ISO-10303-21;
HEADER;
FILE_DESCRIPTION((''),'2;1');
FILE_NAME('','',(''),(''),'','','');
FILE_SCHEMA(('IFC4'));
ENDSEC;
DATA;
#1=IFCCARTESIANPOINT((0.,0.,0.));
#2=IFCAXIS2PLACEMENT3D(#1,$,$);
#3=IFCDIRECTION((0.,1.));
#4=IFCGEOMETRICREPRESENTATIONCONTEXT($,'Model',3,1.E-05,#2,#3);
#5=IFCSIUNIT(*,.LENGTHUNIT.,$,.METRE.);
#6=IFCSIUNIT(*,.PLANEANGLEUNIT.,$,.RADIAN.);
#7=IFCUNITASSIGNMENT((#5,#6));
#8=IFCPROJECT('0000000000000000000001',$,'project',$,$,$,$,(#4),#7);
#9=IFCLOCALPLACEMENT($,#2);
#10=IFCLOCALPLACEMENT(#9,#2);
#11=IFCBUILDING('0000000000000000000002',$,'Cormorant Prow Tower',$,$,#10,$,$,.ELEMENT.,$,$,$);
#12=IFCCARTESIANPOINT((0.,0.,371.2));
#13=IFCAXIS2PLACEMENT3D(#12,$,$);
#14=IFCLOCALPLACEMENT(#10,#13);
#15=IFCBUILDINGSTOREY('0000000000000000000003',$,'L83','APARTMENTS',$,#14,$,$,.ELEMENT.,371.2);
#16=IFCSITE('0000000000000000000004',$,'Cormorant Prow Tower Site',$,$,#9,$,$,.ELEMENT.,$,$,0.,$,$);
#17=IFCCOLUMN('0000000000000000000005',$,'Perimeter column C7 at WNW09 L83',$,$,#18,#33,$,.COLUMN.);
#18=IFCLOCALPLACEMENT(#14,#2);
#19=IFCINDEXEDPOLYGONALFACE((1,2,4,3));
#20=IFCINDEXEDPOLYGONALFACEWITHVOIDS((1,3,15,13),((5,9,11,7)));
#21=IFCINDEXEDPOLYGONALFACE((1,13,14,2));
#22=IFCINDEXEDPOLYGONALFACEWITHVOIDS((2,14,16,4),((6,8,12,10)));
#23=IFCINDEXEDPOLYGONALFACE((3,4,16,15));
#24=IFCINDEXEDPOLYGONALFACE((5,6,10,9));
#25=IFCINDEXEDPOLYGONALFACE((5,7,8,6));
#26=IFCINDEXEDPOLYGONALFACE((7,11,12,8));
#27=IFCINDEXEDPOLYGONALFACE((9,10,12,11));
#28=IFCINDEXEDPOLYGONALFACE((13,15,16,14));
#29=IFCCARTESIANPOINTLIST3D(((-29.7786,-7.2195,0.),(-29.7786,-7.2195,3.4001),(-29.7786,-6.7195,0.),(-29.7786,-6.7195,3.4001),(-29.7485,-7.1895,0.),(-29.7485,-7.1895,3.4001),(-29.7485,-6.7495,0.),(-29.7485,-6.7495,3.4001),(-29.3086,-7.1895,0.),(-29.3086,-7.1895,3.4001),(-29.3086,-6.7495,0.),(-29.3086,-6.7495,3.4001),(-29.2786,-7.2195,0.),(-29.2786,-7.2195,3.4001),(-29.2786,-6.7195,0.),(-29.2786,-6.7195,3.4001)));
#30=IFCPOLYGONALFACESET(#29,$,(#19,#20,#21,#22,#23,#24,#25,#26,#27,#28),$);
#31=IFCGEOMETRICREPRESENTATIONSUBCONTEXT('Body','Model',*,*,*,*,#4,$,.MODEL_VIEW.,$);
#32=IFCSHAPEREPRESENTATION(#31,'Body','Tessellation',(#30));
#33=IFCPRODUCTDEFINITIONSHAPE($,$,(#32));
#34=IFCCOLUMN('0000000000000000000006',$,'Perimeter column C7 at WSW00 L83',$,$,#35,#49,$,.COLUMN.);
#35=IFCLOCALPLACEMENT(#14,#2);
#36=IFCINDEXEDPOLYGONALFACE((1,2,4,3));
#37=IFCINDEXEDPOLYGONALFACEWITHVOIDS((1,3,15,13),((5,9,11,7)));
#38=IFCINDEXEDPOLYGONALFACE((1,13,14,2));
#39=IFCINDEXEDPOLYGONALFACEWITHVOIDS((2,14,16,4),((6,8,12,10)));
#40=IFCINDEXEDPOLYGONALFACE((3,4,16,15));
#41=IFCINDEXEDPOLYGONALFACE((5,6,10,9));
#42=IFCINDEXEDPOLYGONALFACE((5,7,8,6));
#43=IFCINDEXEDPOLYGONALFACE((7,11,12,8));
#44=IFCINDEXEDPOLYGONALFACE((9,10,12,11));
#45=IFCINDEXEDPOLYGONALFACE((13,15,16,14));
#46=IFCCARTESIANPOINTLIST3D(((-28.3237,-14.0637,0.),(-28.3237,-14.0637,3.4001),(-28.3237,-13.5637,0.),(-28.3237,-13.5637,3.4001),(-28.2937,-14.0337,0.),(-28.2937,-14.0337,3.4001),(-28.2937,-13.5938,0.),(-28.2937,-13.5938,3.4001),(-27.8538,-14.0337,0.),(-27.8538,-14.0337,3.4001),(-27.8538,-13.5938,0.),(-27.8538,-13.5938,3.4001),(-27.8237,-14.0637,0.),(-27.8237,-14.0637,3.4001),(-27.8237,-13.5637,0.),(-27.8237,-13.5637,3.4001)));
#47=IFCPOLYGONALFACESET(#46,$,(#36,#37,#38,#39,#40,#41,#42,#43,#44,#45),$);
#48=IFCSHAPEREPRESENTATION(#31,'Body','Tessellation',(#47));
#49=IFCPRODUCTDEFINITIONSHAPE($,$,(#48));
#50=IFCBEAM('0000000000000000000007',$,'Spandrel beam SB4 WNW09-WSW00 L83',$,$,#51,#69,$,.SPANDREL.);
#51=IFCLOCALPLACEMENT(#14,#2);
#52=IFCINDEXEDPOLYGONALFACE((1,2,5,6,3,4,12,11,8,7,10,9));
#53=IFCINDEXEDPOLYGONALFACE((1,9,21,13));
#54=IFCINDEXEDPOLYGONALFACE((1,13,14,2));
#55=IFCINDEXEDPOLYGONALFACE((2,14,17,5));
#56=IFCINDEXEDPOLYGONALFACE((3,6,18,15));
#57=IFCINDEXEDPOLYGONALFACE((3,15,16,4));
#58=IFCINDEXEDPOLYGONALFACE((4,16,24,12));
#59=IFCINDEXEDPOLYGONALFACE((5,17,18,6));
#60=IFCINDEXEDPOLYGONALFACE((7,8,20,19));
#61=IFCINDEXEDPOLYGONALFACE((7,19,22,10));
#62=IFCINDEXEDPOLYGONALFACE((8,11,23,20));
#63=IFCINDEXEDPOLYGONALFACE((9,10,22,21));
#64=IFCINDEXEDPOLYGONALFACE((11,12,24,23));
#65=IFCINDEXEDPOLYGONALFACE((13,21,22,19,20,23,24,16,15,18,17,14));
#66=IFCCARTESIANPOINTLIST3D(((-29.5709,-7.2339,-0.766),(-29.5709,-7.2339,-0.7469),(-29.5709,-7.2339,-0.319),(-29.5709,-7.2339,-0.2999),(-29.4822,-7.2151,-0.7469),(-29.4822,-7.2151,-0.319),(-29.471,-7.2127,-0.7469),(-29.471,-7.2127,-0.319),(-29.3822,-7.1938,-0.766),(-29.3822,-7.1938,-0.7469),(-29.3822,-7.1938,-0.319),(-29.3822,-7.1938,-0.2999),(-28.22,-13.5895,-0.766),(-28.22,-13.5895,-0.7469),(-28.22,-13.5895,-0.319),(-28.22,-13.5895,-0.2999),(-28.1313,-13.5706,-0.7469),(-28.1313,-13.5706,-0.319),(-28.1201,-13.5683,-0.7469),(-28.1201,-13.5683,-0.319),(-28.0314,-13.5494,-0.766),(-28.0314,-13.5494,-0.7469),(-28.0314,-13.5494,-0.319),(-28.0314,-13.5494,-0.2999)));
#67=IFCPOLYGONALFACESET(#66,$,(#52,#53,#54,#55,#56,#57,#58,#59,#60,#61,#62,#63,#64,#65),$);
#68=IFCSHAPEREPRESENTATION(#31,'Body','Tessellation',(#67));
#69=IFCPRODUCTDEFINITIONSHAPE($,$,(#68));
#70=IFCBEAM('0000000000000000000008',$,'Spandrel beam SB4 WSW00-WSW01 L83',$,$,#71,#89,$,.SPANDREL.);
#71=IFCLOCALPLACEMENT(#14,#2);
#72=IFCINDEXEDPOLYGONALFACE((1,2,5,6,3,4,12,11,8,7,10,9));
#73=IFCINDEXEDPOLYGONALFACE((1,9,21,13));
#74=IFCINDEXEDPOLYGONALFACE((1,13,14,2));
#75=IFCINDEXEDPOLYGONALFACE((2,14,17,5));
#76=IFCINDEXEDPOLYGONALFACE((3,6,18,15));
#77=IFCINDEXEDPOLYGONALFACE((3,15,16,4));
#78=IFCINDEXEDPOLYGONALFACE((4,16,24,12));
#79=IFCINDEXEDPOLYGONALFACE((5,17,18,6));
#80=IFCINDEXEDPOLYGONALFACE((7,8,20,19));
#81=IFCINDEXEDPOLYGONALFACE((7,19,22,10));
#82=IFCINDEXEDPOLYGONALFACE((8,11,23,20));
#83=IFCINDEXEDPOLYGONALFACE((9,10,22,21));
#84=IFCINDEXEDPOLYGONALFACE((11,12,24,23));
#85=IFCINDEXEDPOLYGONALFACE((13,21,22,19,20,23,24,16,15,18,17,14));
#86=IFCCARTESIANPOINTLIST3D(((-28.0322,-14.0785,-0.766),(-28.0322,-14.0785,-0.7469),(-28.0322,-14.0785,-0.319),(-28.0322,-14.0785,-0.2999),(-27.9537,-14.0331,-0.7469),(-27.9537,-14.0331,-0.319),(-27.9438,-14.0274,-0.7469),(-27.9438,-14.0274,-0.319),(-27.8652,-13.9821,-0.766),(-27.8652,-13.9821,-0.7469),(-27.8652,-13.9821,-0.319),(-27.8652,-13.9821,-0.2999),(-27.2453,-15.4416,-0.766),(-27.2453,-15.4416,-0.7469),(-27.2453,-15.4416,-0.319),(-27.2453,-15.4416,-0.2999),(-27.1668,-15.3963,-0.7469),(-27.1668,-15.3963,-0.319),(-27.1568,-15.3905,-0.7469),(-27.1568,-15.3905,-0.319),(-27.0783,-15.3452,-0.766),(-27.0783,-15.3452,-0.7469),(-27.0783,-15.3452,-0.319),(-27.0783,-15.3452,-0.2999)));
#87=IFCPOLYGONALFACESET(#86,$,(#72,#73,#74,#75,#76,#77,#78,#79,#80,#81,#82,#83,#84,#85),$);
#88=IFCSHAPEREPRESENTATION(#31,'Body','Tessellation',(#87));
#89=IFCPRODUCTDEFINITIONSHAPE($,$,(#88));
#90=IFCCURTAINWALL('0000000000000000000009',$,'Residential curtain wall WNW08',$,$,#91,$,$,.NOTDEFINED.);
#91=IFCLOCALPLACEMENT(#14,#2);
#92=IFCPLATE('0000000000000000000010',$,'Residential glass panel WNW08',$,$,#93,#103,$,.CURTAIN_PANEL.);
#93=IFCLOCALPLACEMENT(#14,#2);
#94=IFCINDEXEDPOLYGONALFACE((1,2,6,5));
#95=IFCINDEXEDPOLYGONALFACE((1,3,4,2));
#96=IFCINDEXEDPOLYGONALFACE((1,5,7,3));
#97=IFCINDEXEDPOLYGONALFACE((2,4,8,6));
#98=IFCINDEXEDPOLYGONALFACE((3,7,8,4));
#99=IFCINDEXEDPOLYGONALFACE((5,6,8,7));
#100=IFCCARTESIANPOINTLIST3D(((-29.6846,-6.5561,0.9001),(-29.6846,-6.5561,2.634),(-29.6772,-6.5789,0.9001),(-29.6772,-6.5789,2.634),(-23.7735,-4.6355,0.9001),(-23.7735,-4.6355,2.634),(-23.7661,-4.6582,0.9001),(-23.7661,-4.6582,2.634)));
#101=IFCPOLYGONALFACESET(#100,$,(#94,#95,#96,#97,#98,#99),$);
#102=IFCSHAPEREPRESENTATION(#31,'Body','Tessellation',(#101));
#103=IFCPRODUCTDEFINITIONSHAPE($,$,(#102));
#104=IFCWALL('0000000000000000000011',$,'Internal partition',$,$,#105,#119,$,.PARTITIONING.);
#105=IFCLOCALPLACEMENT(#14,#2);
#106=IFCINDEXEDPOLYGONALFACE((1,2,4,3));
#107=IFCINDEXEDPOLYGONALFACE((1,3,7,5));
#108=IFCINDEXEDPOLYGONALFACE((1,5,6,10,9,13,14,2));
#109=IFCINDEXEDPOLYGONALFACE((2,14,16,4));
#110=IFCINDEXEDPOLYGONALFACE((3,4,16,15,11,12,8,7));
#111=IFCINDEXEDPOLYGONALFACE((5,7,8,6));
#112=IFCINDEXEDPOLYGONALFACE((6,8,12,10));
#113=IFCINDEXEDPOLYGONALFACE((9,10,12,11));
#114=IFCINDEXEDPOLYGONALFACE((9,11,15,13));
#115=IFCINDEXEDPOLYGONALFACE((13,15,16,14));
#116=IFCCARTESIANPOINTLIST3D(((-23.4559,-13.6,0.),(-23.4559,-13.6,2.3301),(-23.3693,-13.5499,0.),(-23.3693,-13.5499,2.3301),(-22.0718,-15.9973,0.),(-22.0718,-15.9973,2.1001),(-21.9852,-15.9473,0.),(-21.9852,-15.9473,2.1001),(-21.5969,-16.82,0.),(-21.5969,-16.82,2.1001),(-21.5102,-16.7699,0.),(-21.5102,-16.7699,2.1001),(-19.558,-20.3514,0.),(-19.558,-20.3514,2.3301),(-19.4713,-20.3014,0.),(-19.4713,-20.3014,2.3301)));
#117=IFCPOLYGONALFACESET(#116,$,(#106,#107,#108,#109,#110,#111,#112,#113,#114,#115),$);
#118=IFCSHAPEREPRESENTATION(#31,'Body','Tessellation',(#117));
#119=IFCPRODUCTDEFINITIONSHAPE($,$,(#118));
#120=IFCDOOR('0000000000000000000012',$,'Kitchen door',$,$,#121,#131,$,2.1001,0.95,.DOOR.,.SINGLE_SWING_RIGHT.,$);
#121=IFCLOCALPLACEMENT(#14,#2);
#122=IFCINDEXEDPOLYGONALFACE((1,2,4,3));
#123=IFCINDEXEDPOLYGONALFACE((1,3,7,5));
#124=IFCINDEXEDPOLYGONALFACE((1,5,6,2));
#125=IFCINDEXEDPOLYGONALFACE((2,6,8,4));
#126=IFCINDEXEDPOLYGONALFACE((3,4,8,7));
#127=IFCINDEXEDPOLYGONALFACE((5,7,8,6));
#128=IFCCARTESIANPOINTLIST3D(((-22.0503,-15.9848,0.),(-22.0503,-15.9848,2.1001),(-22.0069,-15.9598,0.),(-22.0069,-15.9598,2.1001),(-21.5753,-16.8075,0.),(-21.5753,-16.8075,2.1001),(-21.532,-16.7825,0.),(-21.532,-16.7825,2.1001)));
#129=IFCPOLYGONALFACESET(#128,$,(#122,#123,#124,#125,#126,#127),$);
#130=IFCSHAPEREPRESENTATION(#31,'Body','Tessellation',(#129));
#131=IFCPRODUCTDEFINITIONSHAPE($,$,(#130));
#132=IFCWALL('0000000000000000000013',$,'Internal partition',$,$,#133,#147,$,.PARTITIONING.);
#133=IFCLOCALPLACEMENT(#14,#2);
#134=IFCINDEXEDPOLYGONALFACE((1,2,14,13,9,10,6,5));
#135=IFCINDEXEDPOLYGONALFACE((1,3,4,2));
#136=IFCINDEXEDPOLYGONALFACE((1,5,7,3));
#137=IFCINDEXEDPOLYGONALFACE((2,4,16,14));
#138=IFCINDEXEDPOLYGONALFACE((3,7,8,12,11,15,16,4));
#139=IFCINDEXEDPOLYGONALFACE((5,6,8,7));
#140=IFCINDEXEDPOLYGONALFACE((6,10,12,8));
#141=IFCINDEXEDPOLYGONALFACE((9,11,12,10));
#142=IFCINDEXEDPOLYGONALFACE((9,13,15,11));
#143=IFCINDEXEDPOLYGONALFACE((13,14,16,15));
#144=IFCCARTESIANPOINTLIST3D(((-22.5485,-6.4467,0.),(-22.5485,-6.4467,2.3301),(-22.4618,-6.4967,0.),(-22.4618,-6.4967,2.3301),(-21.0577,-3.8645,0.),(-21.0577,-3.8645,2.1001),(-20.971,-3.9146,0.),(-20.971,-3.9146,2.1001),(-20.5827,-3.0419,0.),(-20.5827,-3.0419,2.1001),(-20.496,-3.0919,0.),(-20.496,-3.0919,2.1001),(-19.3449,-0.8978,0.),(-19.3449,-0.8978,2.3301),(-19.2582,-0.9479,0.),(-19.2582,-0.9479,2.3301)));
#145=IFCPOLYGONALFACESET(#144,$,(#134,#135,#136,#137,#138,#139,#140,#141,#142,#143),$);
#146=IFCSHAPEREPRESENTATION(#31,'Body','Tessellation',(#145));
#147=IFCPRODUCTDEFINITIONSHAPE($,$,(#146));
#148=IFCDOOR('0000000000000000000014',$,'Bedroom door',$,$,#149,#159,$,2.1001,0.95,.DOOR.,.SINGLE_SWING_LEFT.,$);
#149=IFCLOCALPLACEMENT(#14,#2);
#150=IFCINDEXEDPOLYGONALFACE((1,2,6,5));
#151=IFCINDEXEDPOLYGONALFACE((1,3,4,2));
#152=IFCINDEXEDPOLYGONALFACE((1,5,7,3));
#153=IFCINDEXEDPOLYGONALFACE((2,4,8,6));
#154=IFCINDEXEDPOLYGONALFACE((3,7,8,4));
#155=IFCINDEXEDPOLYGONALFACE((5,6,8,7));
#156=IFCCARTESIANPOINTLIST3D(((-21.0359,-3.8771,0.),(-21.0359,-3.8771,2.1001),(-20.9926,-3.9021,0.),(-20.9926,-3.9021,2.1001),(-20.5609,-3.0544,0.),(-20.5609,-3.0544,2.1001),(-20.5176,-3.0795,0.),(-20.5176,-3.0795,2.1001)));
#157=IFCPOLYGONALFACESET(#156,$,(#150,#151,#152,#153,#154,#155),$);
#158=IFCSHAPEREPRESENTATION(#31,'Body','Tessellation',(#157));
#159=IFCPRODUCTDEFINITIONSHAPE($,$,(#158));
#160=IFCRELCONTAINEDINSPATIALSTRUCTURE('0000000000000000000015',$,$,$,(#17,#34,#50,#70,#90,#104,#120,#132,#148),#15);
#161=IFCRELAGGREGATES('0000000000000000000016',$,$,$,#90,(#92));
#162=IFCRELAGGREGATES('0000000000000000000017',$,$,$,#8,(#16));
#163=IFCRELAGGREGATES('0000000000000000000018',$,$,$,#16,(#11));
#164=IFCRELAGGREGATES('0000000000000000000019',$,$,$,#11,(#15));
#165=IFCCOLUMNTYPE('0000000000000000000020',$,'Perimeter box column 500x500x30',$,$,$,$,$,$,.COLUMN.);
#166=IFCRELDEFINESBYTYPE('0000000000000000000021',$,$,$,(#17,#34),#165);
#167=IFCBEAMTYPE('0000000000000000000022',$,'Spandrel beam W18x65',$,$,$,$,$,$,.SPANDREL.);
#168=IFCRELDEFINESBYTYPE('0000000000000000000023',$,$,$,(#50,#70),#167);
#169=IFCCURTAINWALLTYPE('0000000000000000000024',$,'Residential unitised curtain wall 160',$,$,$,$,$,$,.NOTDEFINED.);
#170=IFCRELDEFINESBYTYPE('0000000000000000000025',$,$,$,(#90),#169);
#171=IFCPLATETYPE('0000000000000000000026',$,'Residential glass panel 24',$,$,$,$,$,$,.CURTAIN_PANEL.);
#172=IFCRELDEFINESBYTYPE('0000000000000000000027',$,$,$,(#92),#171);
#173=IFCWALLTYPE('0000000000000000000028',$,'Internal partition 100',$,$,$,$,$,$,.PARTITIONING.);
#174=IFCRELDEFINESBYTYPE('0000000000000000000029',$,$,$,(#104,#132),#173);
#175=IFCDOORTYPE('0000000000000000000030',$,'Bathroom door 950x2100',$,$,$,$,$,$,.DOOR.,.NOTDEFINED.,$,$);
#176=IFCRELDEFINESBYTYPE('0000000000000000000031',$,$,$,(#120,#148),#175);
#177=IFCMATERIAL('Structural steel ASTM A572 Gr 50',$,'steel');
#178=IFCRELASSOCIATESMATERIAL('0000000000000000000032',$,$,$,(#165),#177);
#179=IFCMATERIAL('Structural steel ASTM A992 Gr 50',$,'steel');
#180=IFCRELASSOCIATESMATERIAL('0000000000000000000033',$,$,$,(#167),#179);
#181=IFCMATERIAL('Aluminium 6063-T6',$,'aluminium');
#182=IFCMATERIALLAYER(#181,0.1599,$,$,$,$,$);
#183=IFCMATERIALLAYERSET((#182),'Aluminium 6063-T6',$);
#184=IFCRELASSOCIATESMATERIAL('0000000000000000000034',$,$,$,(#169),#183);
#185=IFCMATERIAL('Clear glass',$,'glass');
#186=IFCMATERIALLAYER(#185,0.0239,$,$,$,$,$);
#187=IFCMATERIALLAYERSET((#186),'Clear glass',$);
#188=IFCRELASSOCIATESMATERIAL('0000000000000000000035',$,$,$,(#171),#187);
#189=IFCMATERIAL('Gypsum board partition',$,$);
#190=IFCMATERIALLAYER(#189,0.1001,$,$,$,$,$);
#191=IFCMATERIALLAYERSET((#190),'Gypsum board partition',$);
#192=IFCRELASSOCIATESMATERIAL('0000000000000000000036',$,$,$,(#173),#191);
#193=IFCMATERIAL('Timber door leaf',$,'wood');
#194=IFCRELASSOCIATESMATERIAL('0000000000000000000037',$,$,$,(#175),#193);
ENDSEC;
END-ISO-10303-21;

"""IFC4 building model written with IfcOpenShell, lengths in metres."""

from ifc_helpers import new_model, si_unit, direction, frame, frame_2d, origin, origin_2d, place, context, subcontext, project, spatial, rectangle, hollow_rectangle, i_section, extrude, material, layer, layer_set, material_profile, profile_set, type_object, element, fill, aggregate, save


model = new_model("IFC4")

# Units and contexts
model_context = context("Model", 3, precision=1e-05, world=origin(), true_north=direction((0.0, 1.0)))
body_context = subcontext(model_context, "Body", "Model", "MODEL_VIEW")
ifc_project = project(units=[si_unit("LENGTHUNIT", "METRE"), si_unit("PLANEANGLEUNIT", "RADIAN")], contexts=[model_context])

# Site, building, storey
site_placement = place(None, origin())
site = spatial("IfcSite", under=ifc_project, at=site_placement, Name="Cormorant Prow Tower Site", CompositionType="ELEMENT", RefElevation=0.0)
building_placement = place(site_placement, origin())
building = spatial("IfcBuilding", under=site, at=building_placement, Name="Cormorant Prow Tower", CompositionType="ELEMENT")
storey_placement = place(building_placement, frame((0.0, 0.0, 371.2)))
storey = spatial("IfcBuildingStorey", under=building, at=storey_placement, Name="L83", Description="APARTMENTS", CompositionType="ELEMENT", Elevation=371.2)

# Columns
ifc_material_1 = material(Name="Structural steel ASTM A572 Gr 50", Category="steel")
ifc_material_profile_1 = material_profile(ifc_material_1, hollow_rectangle(XDim=0.5, YDim=0.5, WallThickness=0.03, at=origin_2d()), Name="Box 500x500x30")
ifc_profile_set_1 = profile_set([ifc_material_profile_1], Name="Structural steel ASTM A572 Gr 50")
column_type = type_object("IfcColumnType", Name="Perimeter box column 500x500x30", PredefinedType="COLUMN", material=ifc_profile_set_1)
for number, where, z_axis, x_axis, name in (
    (1, (-29.5286, -6.9695, 0.0), (0.0, 0.0, 1.0), (1.0, 0.0, 0.0), "Perimeter column C7 at WNW09 L83"),
    (2, (-28.0737, -13.8137, 0.0), (0.0, 0.0, 1.0), (1.0, 0.0, 0.0), "Perimeter column C7 at WSW00 L83"),
):
    element("IfcColumn", number, at=place(storey_placement, frame(where, z_axis=z_axis, x_axis=x_axis)), inside=storey, type_object=column_type, Name=name, PredefinedType="COLUMN", context=body_context, shape_type="SweptSolid", body=[
        extrude(hollow_rectangle(XDim=0.5, YDim=0.5, WallThickness=0.03, at=origin_2d()), origin(), (0.0, 0.0, 1.0), 3.4001),
    ])

# Beams
ifc_material_2 = material(Name="Structural steel ASTM A992 Gr 50", Category="steel")
ifc_material_profile_2 = material_profile(ifc_material_2, i_section(OverallWidth=0.1929, OverallDepth=0.4661, WebThickness=0.0115, FlangeThickness=0.019, at=origin_2d()), Name="W18x65")
ifc_profile_set_2 = profile_set([ifc_material_profile_2], Name="Structural steel ASTM A992 Gr 50")
beam_type = type_object("IfcBeamType", Name="Spandrel beam W18x65", PredefinedType="SPANDREL", material=ifc_profile_set_2)
beam_1_placement = place(storey_placement, frame((-29.4766, -7.2139, -0.533), z_axis=(0.207902, -0.97815, 0.0), x_axis=(0.97815, 0.207902, 0.0)))
element("IfcBeam", 3, at=beam_1_placement, inside=storey, type_object=beam_type, Name="Spandrel beam SB4 WNW09-WSW00 L83", PredefinedType="SPANDREL", context=body_context, shape_type="SweptSolid", body=[
    extrude(i_section(OverallWidth=0.1929, OverallDepth=0.4661, WebThickness=0.0115, FlangeThickness=0.019, at=origin_2d()), origin(), (0.0, 0.0, 1.0), 6.4976),
])
beam_2_placement = place(storey_placement, frame((-27.9487, -14.0303, -0.533), z_axis=(0.49996, -0.866049, 0.0), x_axis=(0.866049, 0.49996, 0.0)))
element("IfcBeam", 4, at=beam_2_placement, inside=storey, type_object=beam_type, Name="Spandrel beam SB4 WSW00-WSW01 L83", PredefinedType="SPANDREL", context=body_context, shape_type="SweptSolid", body=[
    extrude(i_section(OverallWidth=0.1929, OverallDepth=0.4661, WebThickness=0.0115, FlangeThickness=0.019, at=origin_2d()), origin(), (0.0, 0.0, 1.0), 1.574),
])

# Curtain wall, plate
ifc_material_3 = material(Name="Aluminium 6063-T6", Category="aluminium")
ifc_layer_1 = layer(ifc_material_3, 0.1599)
ifc_layer_set_1 = layer_set([ifc_layer_1], Name="Aluminium 6063-T6")
curtain_wall_type = type_object("IfcCurtainWallType", Name="Residential unitised curtain wall 160", PredefinedType="NOTDEFINED", material=ifc_layer_set_1)
curtain_wall_placement = place(storey_placement, origin())
curtain_wall = element("IfcCurtainWall", 5, at=curtain_wall_placement, inside=storey, type_object=curtain_wall_type, Name="Residential curtain wall WNW08", PredefinedType="NOTDEFINED")
ifc_material_4 = material(Name="Clear glass", Category="glass")
ifc_layer_2 = layer(ifc_material_4, 0.0239)
ifc_layer_set_2 = layer_set([ifc_layer_2], Name="Clear glass")
plate_type = type_object("IfcPlateType", Name="Residential glass panel 24", PredefinedType="CURTAIN_PANEL", material=ifc_layer_set_2)
plate_placement = place(storey_placement, frame((-26.7253, -5.6072, 0.9001), z_axis=(0.0, 0.0, 1.0), x_axis=(-0.951056, -0.309017, 0.0)))
plate = element("IfcPlate", 6, at=plate_placement, type_object=plate_type, Name="Residential glass panel WNW08", PredefinedType="CURTAIN_PANEL", context=body_context, shape_type="SweptSolid", body=[
    extrude(rectangle(XDim=6.2153, YDim=0.0239, at=origin_2d()), origin(), (0.0, 0.0, 1.0), 1.7339),
])
aggregate(curtain_wall, [plate])

# Walls, openings, doors
ifc_material_5 = material(Name="Gypsum board partition")
ifc_layer_3 = layer(ifc_material_5, 0.1001)
ifc_layer_set_3 = layer_set([ifc_layer_3], Name="Gypsum board partition")
wall_type_1 = type_object("IfcWallType", Name="Internal partition 100", PredefinedType="PARTITIONING", material=ifc_layer_set_3)
wall_1_placement = place(storey_placement, frame((-23.4126, -13.575, 0.0), z_axis=(0.0, 0.0, 1.0), x_axis=(0.499999, -0.866026, 0.0)))
wall_1 = element("IfcWall", 7, at=wall_1_placement, inside=storey, type_object=wall_type_1, Name="Internal partition", PredefinedType="PARTITIONING", context=body_context, shape_type="SweptSolid", body=[
    extrude(rectangle(XDim=7.7959, YDim=0.1001, at=frame_2d((3.8979, 0.0))), origin(), (0.0, 0.0, 1.0), 2.3301),
])
opening_1_placement = place(wall_1_placement, frame((2.7681, 0.0, 0.0)))
opening_1 = element("IfcOpeningElement", 8, at=opening_1_placement, cuts=wall_1, PredefinedType="OPENING", context=body_context, shape_type="SweptSolid", body=[
    extrude(rectangle(XDim=0.95, YDim=2.1001, at=frame_2d((0.4751, 1.05))), frame((0.0, 0.0601, 0.0), z_axis=(0.0, -1.0, 0.0), x_axis=(1.0, 0.0, 0.0)), (0.0, 0.0, 1.0), 0.1201),
])
ifc_material_6 = material(Name="Timber door leaf", Category="wood")
door_type_1 = type_object("IfcDoorType", Name="Bathroom door 950x2100", OperationType="NOTDEFINED", PredefinedType="DOOR", material=ifc_material_6)
door_1_placement = place(opening_1_placement, origin())
door_1 = element("IfcDoor", 9, at=door_1_placement, inside=storey, type_object=door_type_1, Name="Kitchen door", OperationType="SINGLE_SWING_RIGHT", OverallHeight=2.1001, OverallWidth=0.95, PredefinedType="DOOR", context=body_context, shape_type="SweptSolid", body=[
    extrude(rectangle(XDim=0.95, YDim=2.1001, at=frame_2d((0.4751, 1.05))), frame((0.0, 0.0249, 0.0), z_axis=(0.0, -1.0, 0.0), x_axis=(1.0, 0.0, 0.0)), (0.0, 0.0, 1.0), 0.05),
])
fill(opening_1, door_1)
wall_2_placement = place(storey_placement, frame((-22.5051, -6.4717, 0.0), z_axis=(0.0, 0.0, 1.0), x_axis=(0.5, 0.866026, 0.0)))
wall_2 = element("IfcWall", 10, at=wall_2_placement, inside=storey, type_object=wall_type_1, Name="Internal partition", PredefinedType="PARTITIONING", context=body_context, shape_type="SweptSolid", body=[
    extrude(rectangle(XDim=6.4072, YDim=0.1001, at=frame_2d((3.2036, 0.0))), origin(), (0.0, 0.0, 1.0), 2.3301),
])
opening_2_placement = place(wall_2_placement, frame((2.9814, 0.0, 0.0)))
opening_2 = element("IfcOpeningElement", 11, at=opening_2_placement, cuts=wall_2, PredefinedType="OPENING", context=body_context, shape_type="SweptSolid", body=[
    extrude(rectangle(XDim=0.95, YDim=2.1001, at=frame_2d((0.4751, 1.05))), frame((0.0, 0.0601, 0.0), z_axis=(0.0, -1.0, 0.0), x_axis=(1.0, 0.0, 0.0)), (0.0, 0.0, 1.0), 0.1201),
])
door_2_placement = place(opening_2_placement, origin())
door_2 = element("IfcDoor", 12, at=door_2_placement, inside=storey, type_object=door_type_1, Name="Bedroom door", OperationType="SINGLE_SWING_LEFT", OverallHeight=2.1001, OverallWidth=0.95, PredefinedType="DOOR", context=body_context, shape_type="SweptSolid", body=[
    extrude(rectangle(XDim=0.95, YDim=2.1001, at=frame_2d((0.4751, 1.05))), frame((0.0, 0.0249, 0.0), z_axis=(0.0, -1.0, 0.0), x_axis=(1.0, 0.0, 0.0)), (0.0, 0.0, 1.0), 0.05),
])
fill(opening_2, door_2)

save(model, "model.ifc")
